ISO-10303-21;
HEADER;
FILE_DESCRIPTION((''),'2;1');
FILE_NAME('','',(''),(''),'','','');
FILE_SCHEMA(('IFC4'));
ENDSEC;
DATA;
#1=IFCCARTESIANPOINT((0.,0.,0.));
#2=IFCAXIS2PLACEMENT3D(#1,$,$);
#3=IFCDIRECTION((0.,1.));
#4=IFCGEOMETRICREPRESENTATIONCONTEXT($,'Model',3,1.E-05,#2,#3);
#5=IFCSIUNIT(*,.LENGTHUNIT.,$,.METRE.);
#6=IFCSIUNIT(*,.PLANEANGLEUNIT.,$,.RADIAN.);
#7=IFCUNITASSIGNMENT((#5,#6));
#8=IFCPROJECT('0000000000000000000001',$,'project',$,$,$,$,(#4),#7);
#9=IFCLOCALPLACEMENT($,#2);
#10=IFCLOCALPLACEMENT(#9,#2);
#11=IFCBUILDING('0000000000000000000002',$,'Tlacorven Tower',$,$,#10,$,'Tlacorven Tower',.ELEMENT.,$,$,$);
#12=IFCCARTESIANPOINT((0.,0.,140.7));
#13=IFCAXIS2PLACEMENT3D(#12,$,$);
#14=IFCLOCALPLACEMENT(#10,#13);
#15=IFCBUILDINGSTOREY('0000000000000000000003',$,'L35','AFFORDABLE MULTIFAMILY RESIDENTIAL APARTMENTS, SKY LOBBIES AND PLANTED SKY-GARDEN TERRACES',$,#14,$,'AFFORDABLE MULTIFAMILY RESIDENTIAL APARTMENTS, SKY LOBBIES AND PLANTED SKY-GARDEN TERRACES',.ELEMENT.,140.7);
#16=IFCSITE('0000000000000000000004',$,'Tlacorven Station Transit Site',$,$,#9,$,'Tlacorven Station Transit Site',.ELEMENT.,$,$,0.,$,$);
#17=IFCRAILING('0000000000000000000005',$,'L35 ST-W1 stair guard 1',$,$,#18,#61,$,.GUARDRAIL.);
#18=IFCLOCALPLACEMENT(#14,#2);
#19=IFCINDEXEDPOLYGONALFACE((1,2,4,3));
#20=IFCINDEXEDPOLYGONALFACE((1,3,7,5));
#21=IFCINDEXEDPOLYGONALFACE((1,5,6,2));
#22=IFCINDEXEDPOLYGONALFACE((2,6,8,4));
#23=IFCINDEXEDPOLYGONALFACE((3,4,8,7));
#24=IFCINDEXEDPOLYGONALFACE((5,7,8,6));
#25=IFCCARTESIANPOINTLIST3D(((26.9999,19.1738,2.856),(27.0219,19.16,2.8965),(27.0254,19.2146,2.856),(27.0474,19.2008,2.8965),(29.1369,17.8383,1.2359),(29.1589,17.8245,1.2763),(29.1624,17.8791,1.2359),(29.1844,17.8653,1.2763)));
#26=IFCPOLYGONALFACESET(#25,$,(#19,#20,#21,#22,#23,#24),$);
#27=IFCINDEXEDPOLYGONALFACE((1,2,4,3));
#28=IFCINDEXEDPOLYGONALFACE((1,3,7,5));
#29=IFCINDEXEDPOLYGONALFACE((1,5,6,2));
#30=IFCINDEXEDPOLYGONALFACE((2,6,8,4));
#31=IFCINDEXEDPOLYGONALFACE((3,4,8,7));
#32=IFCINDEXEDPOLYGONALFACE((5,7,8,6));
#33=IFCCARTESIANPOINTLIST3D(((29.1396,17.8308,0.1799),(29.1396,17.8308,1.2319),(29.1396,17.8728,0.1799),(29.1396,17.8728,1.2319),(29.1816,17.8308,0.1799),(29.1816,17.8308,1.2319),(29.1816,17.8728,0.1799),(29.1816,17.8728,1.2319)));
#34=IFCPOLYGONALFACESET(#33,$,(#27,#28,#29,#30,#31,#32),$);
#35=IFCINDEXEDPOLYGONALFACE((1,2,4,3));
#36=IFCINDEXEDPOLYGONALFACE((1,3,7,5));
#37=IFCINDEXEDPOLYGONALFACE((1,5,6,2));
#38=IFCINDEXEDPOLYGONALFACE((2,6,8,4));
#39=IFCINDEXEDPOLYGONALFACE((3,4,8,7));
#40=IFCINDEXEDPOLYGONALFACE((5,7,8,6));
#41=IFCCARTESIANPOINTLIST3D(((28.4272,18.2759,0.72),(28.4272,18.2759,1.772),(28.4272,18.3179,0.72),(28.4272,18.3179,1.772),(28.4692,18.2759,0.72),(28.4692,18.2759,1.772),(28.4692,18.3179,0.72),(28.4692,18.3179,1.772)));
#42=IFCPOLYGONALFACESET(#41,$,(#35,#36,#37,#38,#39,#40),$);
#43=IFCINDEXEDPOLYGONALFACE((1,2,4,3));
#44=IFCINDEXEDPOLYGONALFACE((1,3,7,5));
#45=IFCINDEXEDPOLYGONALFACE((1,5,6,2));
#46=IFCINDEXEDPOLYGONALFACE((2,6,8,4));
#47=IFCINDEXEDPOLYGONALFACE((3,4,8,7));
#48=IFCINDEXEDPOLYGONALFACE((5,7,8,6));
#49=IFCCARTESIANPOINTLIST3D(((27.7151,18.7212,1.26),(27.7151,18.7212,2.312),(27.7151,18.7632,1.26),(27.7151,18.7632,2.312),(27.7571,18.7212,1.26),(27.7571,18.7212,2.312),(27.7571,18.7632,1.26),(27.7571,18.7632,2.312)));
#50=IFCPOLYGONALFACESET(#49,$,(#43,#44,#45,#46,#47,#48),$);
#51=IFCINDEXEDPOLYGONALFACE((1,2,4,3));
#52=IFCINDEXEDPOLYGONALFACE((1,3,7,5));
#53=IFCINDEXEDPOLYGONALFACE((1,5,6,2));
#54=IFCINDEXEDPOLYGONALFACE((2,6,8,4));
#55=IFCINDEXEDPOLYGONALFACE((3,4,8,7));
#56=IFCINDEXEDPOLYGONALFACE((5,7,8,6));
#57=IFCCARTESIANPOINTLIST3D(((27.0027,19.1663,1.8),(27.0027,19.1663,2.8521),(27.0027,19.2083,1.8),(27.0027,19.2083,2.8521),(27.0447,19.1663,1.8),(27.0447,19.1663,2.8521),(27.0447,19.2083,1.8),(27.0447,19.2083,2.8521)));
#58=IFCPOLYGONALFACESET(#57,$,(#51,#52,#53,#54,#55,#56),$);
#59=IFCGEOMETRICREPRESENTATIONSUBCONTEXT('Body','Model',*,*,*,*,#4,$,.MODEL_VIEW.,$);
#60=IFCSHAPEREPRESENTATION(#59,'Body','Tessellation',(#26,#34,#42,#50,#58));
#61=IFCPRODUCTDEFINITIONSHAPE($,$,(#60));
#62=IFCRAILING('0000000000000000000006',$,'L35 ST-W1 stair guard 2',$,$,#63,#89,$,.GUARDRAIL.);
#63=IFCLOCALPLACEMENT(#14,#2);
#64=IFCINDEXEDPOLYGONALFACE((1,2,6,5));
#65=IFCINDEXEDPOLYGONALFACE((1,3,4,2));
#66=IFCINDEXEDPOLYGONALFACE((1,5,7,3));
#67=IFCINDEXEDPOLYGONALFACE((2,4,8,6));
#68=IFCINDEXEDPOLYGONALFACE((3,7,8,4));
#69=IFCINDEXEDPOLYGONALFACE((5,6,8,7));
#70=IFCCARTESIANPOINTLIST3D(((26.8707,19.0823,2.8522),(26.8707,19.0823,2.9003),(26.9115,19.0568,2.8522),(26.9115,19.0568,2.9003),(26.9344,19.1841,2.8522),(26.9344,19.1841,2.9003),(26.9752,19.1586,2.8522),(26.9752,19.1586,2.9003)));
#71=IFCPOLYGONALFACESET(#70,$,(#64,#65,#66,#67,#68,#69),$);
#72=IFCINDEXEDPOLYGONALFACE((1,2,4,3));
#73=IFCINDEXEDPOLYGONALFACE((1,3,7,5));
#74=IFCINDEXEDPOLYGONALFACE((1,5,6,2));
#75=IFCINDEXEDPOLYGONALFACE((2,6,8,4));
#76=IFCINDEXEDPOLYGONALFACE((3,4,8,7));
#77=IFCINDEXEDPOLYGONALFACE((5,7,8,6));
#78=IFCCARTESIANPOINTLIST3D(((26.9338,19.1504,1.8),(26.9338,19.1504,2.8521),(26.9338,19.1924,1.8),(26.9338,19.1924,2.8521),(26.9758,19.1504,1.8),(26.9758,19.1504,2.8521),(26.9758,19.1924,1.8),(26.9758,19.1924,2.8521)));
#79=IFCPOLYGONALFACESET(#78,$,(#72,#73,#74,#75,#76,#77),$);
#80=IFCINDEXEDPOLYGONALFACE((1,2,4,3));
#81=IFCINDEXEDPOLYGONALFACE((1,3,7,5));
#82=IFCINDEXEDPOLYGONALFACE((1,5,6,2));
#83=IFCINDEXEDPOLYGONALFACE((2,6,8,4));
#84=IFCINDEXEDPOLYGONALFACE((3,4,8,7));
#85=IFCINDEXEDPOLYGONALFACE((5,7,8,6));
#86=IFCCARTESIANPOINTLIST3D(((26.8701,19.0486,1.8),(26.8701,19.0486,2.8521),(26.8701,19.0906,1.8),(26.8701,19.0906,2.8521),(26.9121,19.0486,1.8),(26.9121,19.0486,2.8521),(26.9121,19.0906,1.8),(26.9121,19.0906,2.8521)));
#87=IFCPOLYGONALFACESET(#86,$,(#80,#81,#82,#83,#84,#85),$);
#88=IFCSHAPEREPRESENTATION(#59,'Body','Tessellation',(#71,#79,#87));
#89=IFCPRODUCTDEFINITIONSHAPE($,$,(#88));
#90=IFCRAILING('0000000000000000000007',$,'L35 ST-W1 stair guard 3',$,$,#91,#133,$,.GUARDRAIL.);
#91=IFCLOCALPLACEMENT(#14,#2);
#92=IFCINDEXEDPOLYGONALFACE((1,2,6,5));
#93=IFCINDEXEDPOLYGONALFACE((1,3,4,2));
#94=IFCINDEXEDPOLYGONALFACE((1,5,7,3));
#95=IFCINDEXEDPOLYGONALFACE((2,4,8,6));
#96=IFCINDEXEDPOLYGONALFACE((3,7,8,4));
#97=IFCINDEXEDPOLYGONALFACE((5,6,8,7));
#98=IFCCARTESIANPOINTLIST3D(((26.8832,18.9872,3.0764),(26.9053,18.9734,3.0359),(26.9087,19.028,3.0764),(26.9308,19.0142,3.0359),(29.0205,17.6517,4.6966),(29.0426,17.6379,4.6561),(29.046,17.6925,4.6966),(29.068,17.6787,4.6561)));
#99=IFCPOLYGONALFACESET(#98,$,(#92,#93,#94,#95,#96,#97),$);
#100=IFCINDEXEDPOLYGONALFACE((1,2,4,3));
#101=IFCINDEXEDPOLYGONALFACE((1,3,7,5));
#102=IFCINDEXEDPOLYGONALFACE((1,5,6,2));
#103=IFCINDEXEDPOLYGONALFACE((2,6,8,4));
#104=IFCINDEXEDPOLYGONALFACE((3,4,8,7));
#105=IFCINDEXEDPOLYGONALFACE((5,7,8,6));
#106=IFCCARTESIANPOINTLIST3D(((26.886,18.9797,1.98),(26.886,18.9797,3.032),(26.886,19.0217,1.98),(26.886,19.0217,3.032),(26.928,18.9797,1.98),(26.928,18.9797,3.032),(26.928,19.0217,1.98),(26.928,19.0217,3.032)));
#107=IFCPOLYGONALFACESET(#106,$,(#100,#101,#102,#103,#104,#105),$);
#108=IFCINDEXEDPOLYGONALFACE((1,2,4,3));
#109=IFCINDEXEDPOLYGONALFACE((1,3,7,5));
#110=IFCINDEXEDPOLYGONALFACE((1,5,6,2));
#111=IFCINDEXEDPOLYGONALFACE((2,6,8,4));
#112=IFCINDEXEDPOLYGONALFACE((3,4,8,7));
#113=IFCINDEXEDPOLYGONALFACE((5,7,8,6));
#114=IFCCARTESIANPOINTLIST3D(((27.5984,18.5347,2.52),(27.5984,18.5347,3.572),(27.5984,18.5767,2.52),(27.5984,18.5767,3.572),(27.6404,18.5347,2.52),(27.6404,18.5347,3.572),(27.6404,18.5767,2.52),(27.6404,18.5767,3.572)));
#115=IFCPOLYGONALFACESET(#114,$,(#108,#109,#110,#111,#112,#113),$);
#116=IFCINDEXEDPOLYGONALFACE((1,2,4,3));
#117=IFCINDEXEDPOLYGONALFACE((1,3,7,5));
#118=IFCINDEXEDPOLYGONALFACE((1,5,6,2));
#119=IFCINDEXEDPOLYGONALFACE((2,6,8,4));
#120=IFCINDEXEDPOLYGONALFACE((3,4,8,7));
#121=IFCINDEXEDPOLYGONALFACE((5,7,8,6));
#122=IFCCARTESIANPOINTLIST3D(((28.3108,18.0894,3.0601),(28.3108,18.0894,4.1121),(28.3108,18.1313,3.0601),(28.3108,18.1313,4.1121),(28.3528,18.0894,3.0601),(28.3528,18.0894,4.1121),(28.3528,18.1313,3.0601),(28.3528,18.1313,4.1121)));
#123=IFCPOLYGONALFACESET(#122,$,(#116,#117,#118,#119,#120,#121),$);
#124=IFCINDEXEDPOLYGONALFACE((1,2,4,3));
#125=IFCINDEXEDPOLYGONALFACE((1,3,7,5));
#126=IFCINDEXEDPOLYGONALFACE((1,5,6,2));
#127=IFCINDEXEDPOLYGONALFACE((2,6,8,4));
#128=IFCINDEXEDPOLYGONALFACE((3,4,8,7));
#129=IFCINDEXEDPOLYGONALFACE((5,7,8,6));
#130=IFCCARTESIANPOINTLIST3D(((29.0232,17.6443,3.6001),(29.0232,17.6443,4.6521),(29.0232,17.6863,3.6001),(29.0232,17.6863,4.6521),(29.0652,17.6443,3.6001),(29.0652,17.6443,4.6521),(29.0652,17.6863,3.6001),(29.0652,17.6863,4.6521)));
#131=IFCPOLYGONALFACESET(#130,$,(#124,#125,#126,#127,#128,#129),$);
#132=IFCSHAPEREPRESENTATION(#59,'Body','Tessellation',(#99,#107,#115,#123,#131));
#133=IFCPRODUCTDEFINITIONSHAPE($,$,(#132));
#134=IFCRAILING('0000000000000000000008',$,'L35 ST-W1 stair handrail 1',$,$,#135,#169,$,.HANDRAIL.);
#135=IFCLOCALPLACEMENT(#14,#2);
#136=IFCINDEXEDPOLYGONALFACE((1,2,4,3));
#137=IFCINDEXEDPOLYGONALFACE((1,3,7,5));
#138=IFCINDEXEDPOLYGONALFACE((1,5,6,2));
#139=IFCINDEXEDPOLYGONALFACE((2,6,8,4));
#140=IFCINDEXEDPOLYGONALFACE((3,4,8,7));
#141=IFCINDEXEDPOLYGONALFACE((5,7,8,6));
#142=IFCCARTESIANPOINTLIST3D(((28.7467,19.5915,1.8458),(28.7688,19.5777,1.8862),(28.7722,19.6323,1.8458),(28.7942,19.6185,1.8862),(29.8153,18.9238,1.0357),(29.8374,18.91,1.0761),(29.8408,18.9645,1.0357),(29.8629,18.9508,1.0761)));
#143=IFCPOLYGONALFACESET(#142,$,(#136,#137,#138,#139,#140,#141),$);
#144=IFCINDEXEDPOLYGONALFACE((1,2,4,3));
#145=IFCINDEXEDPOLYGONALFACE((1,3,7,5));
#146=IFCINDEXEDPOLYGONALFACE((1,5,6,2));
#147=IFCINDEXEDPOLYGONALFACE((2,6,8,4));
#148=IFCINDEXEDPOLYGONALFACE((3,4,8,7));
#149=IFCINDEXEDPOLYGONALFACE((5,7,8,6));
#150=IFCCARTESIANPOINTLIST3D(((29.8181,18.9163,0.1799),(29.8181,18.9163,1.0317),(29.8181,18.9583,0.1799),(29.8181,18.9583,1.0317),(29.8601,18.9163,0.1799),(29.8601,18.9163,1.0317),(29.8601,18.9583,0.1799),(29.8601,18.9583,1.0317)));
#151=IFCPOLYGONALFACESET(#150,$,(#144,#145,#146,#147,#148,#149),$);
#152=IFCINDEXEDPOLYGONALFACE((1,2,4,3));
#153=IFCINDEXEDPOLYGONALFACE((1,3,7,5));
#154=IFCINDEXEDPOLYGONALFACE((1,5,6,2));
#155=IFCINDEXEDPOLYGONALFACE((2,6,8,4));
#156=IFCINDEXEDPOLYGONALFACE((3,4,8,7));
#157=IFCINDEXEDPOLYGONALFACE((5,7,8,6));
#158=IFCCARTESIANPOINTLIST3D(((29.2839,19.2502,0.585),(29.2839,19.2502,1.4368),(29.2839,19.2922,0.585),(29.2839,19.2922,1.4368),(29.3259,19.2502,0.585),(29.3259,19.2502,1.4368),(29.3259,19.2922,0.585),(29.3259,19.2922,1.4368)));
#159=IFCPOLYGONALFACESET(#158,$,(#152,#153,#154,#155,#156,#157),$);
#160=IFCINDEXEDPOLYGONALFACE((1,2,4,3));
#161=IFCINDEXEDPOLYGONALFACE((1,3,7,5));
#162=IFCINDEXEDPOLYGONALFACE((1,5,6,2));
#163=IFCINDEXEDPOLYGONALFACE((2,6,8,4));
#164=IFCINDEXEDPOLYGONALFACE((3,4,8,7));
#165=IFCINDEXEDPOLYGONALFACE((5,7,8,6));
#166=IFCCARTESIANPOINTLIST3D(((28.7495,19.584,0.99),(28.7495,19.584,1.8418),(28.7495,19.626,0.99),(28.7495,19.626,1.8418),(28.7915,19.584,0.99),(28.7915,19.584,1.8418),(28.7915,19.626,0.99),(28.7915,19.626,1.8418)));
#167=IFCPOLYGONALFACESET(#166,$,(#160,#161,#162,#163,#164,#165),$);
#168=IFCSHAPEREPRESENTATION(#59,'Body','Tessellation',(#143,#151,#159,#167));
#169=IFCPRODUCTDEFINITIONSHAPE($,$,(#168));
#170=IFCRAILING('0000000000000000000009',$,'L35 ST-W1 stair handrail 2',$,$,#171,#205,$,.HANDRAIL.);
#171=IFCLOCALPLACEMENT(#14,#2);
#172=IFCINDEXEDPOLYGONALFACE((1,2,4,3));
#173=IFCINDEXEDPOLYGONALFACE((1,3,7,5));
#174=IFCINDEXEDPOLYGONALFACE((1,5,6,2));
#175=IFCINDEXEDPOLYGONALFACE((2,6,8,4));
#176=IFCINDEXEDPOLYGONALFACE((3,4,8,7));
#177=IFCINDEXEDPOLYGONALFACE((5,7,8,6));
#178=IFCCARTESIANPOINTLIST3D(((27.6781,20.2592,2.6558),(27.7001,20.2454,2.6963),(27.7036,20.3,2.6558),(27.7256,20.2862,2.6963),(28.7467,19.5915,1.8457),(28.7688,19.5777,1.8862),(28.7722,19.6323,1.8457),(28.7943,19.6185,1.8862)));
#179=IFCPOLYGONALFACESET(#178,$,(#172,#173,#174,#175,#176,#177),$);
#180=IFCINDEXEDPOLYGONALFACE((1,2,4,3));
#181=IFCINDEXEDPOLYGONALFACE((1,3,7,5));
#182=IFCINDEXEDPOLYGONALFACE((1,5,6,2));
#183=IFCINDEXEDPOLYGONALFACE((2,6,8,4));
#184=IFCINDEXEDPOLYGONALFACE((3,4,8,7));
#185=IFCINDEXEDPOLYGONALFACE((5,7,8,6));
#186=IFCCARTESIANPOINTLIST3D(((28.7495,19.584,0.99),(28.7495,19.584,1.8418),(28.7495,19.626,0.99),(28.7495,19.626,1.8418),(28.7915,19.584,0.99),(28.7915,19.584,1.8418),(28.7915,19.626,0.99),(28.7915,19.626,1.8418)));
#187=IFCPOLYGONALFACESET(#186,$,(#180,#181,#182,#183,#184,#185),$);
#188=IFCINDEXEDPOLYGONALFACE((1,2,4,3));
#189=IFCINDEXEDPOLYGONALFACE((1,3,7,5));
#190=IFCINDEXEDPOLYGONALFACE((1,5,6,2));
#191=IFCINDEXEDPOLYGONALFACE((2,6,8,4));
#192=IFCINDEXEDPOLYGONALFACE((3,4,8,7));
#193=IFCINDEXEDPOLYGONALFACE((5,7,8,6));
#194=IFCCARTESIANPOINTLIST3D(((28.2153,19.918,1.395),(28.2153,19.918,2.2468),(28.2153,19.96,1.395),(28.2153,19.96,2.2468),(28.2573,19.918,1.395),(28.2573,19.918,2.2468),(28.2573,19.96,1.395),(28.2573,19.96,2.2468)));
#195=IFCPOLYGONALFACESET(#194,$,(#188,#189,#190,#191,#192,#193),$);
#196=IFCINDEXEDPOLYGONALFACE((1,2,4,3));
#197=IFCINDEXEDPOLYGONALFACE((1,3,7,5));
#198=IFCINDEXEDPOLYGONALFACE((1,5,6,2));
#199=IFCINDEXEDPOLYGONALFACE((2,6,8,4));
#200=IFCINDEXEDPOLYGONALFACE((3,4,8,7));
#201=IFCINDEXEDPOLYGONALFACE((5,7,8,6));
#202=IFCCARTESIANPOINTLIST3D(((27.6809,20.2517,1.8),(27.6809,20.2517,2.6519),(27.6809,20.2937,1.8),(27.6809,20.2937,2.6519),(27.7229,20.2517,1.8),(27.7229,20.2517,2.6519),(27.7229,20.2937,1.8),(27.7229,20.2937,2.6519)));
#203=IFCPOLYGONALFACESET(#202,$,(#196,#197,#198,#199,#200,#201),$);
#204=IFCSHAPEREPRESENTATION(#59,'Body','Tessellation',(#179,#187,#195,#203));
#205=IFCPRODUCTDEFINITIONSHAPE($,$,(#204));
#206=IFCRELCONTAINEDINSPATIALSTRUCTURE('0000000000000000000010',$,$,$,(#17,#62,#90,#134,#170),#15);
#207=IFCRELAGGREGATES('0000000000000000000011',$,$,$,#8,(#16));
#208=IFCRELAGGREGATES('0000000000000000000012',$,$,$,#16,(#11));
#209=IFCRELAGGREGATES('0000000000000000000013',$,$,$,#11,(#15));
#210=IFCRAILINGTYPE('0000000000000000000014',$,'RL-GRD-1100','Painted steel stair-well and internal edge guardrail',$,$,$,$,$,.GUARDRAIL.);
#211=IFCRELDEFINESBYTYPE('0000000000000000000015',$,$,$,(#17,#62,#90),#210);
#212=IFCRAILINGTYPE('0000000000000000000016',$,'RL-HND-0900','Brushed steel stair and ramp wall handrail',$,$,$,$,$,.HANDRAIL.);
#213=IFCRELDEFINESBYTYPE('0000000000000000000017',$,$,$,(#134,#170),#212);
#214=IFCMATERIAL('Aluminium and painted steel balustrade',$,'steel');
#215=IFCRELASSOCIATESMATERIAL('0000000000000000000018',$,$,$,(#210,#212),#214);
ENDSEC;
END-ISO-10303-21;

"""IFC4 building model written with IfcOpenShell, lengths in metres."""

from ifc_helpers import new_model, si_unit, direction, frame, origin, origin_2d, place, context, subcontext, project, spatial, rectangle, extrude, source, transform, mapped, material, type_object, element, save


model = new_model("IFC4")

# Units and contexts
model_context = context("Model", 3, precision=1e-05, world=origin(), true_north=direction((0.0, 1.0)))
body_context = subcontext(model_context, "Body", "Model", "MODEL_VIEW")
ifc_project = project(units=[si_unit("LENGTHUNIT", "METRE"), si_unit("PLANEANGLEUNIT", "RADIAN")], contexts=[model_context])

# Site, building, storey
site_placement = place(None, origin())
site = spatial("IfcSite", under=ifc_project, at=site_placement, Name="Tlacorven Station Transit Site", LongName="Tlacorven Station Transit Site", CompositionType="ELEMENT", RefElevation=0.0)
building_placement = place(site_placement, origin())
building = spatial("IfcBuilding", under=site, at=building_placement, Name="Tlacorven Tower", LongName="Tlacorven Tower", CompositionType="ELEMENT")
storey_placement = place(building_placement, frame((0.0, 0.0, 140.7)))
storey = spatial("IfcBuildingStorey", under=building, at=storey_placement, Name="L35", Description="AFFORDABLE MULTIFAMILY RESIDENTIAL APARTMENTS, SKY LOBBIES AND PLANTED SKY-GARDEN TERRACES", LongName="AFFORDABLE MULTIFAMILY RESIDENTIAL APARTMENTS, SKY LOBBIES AND PLANTED SKY-GARDEN TERRACES", CompositionType="ELEMENT", Elevation=140.7)

# Railings
ifc_material_1 = material(Name="Aluminium and painted steel balustrade", Category="steel")
railing_type_1 = type_object("IfcRailingType", Name="RL-GRD-1100", Description="Painted steel stair-well and internal edge guardrail", PredefinedType="GUARDRAIL", material=ifc_material_1)
shared_shape_1 = source(origin(), body_context, "Body", "SweptSolid", [
    extrude(rectangle(XDim=0.0481, YDim=0.0481, at=origin_2d()), frame((0.0, 0.0, 1.0762), z_axis=(-0.71332, 0.445774, 0.540796), x_axis=(-0.529955, -0.848026, 0.0)), (0.0, 0.0, 1.0), 2.9958),
    extrude(rectangle(XDim=0.042, YDim=0.042, at=origin_2d()), origin(), (0.0, 0.0, 1.0), 1.052),
    extrude(rectangle(XDim=0.042, YDim=0.042, at=origin_2d()), frame((-0.7124, 0.4451, 0.54)), (0.0, 0.0, 1.0), 1.052),
    extrude(rectangle(XDim=0.042, YDim=0.042, at=origin_2d()), frame((-1.4246, 0.8904, 1.0801)), (0.0, 0.0, 1.0), 1.052),
    extrude(rectangle(XDim=0.042, YDim=0.042, at=origin_2d()), frame((-2.137, 1.3354, 1.6201)), (0.0, 0.0, 1.0), 1.052),
])
railing_1_placement = place(storey_placement, frame((29.1606, 17.8518, 0.1799)))
element("IfcRailing", 1, at=railing_1_placement, inside=storey, type_object=railing_type_1, Name="L35 ST-W1 stair guard 1", PredefinedType="GUARDRAIL", context=body_context, shape_type="MappedRepresentation", body=[
    mapped(shared_shape_1, transform((0.0, 0.0, 0.0), scale=1.0)),
])
shared_shape_2 = source(origin(), body_context, "Body", "SweptSolid", [
    extrude(rectangle(XDim=0.0481, YDim=0.0481, at=origin_2d()), frame((0.0, 0.0, 1.0762), z_axis=(-0.530547, -0.847656, 0.0), x_axis=(0.847656, -0.530547, 0.0)), (0.0, 0.0, 1.0), 0.1201),
    extrude(rectangle(XDim=0.042, YDim=0.042, at=origin_2d()), origin(), (0.0, 0.0, 1.0), 1.052),
    extrude(rectangle(XDim=0.042, YDim=0.042, at=origin_2d()), frame((-0.0637, -0.1018, 0.0)), (0.0, 0.0, 1.0), 1.052),
])
railing_2_placement = place(storey_placement, frame((26.9548, 19.1714, 1.8)))
element("IfcRailing", 2, at=railing_2_placement, inside=storey, type_object=railing_type_1, Name="L35 ST-W1 stair guard 2", PredefinedType="GUARDRAIL", context=body_context, shape_type="MappedRepresentation", body=[
    mapped(shared_shape_2, transform((0.0, 0.0, 0.0), scale=1.0)),
])
shared_shape_3 = source(origin(), body_context, "Body", "SweptSolid", [
    extrude(rectangle(XDim=0.0481, YDim=0.0481, at=origin_2d()), frame((0.0, 0.0, 1.0762), z_axis=(0.71336, -0.445748, 0.540765), x_axis=(0.529912, 0.848053, 0.0)), (0.0, 0.0, 1.0), 2.9961),
    extrude(rectangle(XDim=0.042, YDim=0.042, at=origin_2d()), origin(), (0.0, 0.0, 1.0), 1.052),
    extrude(rectangle(XDim=0.042, YDim=0.042, at=origin_2d()), frame((0.7124, -0.4451, 0.54)), (0.0, 0.0, 1.0), 1.052),
    extrude(rectangle(XDim=0.042, YDim=0.042, at=origin_2d()), frame((1.4248, -0.8904, 1.0801)), (0.0, 0.0, 1.0), 1.052),
    extrude(rectangle(XDim=0.042, YDim=0.042, at=origin_2d()), frame((2.1372, -1.3354, 1.6201)), (0.0, 0.0, 1.0), 1.052),
])
railing_3_placement = place(storey_placement, frame((26.907, 19.0007, 1.98)))
element("IfcRailing", 3, at=railing_3_placement, inside=storey, type_object=railing_type_1, Name="L35 ST-W1 stair guard 3", PredefinedType="GUARDRAIL", context=body_context, shape_type="MappedRepresentation", body=[
    mapped(shared_shape_3, transform((0.0, 0.0, 0.0), scale=1.0)),
])
railing_type_2 = type_object("IfcRailingType", Name="RL-HND-0900", Description="Brushed steel stair and ramp wall handrail", PredefinedType="HANDRAIL", material=ifc_material_1)
shared_shape_4 = source(origin(), body_context, "Body", "SweptSolid", [
    extrude(rectangle(XDim=0.0481, YDim=0.0481, at=origin_2d()), frame((0.0, 0.0, 0.876), z_axis=(-0.71336, 0.445748, 0.540765), x_axis=(-0.529912, -0.848053, 0.0)), (0.0, 0.0, 1.0), 1.498),
    extrude(rectangle(XDim=0.042, YDim=0.042, at=origin_2d()), origin(), (0.0, 0.0, 1.0), 0.8518),
    extrude(rectangle(XDim=0.042, YDim=0.042, at=origin_2d()), frame((-0.5342, 0.334, 0.405)), (0.0, 0.0, 1.0), 0.8518),
    extrude(rectangle(XDim=0.042, YDim=0.042, at=origin_2d()), frame((-1.0686, 0.6677, 0.8101)), (0.0, 0.0, 1.0), 0.8518),
])
for number, where, name in (
    (4, (29.8391, 18.9373, 0.1799), "L35 ST-W1 stair handrail 1"),
    (5, (28.7705, 19.605, 0.99), "L35 ST-W1 stair handrail 2"),
):
    element("IfcRailing", number, at=place(storey_placement, frame(where)), inside=storey, type_object=railing_type_2, Name=name, PredefinedType="HANDRAIL", context=body_context, shape_type="MappedRepresentation", body=[
        mapped(shared_shape_4, transform((0.0, 0.0, 0.0), scale=1.0)),
    ])

save(model, "model.ifc")
